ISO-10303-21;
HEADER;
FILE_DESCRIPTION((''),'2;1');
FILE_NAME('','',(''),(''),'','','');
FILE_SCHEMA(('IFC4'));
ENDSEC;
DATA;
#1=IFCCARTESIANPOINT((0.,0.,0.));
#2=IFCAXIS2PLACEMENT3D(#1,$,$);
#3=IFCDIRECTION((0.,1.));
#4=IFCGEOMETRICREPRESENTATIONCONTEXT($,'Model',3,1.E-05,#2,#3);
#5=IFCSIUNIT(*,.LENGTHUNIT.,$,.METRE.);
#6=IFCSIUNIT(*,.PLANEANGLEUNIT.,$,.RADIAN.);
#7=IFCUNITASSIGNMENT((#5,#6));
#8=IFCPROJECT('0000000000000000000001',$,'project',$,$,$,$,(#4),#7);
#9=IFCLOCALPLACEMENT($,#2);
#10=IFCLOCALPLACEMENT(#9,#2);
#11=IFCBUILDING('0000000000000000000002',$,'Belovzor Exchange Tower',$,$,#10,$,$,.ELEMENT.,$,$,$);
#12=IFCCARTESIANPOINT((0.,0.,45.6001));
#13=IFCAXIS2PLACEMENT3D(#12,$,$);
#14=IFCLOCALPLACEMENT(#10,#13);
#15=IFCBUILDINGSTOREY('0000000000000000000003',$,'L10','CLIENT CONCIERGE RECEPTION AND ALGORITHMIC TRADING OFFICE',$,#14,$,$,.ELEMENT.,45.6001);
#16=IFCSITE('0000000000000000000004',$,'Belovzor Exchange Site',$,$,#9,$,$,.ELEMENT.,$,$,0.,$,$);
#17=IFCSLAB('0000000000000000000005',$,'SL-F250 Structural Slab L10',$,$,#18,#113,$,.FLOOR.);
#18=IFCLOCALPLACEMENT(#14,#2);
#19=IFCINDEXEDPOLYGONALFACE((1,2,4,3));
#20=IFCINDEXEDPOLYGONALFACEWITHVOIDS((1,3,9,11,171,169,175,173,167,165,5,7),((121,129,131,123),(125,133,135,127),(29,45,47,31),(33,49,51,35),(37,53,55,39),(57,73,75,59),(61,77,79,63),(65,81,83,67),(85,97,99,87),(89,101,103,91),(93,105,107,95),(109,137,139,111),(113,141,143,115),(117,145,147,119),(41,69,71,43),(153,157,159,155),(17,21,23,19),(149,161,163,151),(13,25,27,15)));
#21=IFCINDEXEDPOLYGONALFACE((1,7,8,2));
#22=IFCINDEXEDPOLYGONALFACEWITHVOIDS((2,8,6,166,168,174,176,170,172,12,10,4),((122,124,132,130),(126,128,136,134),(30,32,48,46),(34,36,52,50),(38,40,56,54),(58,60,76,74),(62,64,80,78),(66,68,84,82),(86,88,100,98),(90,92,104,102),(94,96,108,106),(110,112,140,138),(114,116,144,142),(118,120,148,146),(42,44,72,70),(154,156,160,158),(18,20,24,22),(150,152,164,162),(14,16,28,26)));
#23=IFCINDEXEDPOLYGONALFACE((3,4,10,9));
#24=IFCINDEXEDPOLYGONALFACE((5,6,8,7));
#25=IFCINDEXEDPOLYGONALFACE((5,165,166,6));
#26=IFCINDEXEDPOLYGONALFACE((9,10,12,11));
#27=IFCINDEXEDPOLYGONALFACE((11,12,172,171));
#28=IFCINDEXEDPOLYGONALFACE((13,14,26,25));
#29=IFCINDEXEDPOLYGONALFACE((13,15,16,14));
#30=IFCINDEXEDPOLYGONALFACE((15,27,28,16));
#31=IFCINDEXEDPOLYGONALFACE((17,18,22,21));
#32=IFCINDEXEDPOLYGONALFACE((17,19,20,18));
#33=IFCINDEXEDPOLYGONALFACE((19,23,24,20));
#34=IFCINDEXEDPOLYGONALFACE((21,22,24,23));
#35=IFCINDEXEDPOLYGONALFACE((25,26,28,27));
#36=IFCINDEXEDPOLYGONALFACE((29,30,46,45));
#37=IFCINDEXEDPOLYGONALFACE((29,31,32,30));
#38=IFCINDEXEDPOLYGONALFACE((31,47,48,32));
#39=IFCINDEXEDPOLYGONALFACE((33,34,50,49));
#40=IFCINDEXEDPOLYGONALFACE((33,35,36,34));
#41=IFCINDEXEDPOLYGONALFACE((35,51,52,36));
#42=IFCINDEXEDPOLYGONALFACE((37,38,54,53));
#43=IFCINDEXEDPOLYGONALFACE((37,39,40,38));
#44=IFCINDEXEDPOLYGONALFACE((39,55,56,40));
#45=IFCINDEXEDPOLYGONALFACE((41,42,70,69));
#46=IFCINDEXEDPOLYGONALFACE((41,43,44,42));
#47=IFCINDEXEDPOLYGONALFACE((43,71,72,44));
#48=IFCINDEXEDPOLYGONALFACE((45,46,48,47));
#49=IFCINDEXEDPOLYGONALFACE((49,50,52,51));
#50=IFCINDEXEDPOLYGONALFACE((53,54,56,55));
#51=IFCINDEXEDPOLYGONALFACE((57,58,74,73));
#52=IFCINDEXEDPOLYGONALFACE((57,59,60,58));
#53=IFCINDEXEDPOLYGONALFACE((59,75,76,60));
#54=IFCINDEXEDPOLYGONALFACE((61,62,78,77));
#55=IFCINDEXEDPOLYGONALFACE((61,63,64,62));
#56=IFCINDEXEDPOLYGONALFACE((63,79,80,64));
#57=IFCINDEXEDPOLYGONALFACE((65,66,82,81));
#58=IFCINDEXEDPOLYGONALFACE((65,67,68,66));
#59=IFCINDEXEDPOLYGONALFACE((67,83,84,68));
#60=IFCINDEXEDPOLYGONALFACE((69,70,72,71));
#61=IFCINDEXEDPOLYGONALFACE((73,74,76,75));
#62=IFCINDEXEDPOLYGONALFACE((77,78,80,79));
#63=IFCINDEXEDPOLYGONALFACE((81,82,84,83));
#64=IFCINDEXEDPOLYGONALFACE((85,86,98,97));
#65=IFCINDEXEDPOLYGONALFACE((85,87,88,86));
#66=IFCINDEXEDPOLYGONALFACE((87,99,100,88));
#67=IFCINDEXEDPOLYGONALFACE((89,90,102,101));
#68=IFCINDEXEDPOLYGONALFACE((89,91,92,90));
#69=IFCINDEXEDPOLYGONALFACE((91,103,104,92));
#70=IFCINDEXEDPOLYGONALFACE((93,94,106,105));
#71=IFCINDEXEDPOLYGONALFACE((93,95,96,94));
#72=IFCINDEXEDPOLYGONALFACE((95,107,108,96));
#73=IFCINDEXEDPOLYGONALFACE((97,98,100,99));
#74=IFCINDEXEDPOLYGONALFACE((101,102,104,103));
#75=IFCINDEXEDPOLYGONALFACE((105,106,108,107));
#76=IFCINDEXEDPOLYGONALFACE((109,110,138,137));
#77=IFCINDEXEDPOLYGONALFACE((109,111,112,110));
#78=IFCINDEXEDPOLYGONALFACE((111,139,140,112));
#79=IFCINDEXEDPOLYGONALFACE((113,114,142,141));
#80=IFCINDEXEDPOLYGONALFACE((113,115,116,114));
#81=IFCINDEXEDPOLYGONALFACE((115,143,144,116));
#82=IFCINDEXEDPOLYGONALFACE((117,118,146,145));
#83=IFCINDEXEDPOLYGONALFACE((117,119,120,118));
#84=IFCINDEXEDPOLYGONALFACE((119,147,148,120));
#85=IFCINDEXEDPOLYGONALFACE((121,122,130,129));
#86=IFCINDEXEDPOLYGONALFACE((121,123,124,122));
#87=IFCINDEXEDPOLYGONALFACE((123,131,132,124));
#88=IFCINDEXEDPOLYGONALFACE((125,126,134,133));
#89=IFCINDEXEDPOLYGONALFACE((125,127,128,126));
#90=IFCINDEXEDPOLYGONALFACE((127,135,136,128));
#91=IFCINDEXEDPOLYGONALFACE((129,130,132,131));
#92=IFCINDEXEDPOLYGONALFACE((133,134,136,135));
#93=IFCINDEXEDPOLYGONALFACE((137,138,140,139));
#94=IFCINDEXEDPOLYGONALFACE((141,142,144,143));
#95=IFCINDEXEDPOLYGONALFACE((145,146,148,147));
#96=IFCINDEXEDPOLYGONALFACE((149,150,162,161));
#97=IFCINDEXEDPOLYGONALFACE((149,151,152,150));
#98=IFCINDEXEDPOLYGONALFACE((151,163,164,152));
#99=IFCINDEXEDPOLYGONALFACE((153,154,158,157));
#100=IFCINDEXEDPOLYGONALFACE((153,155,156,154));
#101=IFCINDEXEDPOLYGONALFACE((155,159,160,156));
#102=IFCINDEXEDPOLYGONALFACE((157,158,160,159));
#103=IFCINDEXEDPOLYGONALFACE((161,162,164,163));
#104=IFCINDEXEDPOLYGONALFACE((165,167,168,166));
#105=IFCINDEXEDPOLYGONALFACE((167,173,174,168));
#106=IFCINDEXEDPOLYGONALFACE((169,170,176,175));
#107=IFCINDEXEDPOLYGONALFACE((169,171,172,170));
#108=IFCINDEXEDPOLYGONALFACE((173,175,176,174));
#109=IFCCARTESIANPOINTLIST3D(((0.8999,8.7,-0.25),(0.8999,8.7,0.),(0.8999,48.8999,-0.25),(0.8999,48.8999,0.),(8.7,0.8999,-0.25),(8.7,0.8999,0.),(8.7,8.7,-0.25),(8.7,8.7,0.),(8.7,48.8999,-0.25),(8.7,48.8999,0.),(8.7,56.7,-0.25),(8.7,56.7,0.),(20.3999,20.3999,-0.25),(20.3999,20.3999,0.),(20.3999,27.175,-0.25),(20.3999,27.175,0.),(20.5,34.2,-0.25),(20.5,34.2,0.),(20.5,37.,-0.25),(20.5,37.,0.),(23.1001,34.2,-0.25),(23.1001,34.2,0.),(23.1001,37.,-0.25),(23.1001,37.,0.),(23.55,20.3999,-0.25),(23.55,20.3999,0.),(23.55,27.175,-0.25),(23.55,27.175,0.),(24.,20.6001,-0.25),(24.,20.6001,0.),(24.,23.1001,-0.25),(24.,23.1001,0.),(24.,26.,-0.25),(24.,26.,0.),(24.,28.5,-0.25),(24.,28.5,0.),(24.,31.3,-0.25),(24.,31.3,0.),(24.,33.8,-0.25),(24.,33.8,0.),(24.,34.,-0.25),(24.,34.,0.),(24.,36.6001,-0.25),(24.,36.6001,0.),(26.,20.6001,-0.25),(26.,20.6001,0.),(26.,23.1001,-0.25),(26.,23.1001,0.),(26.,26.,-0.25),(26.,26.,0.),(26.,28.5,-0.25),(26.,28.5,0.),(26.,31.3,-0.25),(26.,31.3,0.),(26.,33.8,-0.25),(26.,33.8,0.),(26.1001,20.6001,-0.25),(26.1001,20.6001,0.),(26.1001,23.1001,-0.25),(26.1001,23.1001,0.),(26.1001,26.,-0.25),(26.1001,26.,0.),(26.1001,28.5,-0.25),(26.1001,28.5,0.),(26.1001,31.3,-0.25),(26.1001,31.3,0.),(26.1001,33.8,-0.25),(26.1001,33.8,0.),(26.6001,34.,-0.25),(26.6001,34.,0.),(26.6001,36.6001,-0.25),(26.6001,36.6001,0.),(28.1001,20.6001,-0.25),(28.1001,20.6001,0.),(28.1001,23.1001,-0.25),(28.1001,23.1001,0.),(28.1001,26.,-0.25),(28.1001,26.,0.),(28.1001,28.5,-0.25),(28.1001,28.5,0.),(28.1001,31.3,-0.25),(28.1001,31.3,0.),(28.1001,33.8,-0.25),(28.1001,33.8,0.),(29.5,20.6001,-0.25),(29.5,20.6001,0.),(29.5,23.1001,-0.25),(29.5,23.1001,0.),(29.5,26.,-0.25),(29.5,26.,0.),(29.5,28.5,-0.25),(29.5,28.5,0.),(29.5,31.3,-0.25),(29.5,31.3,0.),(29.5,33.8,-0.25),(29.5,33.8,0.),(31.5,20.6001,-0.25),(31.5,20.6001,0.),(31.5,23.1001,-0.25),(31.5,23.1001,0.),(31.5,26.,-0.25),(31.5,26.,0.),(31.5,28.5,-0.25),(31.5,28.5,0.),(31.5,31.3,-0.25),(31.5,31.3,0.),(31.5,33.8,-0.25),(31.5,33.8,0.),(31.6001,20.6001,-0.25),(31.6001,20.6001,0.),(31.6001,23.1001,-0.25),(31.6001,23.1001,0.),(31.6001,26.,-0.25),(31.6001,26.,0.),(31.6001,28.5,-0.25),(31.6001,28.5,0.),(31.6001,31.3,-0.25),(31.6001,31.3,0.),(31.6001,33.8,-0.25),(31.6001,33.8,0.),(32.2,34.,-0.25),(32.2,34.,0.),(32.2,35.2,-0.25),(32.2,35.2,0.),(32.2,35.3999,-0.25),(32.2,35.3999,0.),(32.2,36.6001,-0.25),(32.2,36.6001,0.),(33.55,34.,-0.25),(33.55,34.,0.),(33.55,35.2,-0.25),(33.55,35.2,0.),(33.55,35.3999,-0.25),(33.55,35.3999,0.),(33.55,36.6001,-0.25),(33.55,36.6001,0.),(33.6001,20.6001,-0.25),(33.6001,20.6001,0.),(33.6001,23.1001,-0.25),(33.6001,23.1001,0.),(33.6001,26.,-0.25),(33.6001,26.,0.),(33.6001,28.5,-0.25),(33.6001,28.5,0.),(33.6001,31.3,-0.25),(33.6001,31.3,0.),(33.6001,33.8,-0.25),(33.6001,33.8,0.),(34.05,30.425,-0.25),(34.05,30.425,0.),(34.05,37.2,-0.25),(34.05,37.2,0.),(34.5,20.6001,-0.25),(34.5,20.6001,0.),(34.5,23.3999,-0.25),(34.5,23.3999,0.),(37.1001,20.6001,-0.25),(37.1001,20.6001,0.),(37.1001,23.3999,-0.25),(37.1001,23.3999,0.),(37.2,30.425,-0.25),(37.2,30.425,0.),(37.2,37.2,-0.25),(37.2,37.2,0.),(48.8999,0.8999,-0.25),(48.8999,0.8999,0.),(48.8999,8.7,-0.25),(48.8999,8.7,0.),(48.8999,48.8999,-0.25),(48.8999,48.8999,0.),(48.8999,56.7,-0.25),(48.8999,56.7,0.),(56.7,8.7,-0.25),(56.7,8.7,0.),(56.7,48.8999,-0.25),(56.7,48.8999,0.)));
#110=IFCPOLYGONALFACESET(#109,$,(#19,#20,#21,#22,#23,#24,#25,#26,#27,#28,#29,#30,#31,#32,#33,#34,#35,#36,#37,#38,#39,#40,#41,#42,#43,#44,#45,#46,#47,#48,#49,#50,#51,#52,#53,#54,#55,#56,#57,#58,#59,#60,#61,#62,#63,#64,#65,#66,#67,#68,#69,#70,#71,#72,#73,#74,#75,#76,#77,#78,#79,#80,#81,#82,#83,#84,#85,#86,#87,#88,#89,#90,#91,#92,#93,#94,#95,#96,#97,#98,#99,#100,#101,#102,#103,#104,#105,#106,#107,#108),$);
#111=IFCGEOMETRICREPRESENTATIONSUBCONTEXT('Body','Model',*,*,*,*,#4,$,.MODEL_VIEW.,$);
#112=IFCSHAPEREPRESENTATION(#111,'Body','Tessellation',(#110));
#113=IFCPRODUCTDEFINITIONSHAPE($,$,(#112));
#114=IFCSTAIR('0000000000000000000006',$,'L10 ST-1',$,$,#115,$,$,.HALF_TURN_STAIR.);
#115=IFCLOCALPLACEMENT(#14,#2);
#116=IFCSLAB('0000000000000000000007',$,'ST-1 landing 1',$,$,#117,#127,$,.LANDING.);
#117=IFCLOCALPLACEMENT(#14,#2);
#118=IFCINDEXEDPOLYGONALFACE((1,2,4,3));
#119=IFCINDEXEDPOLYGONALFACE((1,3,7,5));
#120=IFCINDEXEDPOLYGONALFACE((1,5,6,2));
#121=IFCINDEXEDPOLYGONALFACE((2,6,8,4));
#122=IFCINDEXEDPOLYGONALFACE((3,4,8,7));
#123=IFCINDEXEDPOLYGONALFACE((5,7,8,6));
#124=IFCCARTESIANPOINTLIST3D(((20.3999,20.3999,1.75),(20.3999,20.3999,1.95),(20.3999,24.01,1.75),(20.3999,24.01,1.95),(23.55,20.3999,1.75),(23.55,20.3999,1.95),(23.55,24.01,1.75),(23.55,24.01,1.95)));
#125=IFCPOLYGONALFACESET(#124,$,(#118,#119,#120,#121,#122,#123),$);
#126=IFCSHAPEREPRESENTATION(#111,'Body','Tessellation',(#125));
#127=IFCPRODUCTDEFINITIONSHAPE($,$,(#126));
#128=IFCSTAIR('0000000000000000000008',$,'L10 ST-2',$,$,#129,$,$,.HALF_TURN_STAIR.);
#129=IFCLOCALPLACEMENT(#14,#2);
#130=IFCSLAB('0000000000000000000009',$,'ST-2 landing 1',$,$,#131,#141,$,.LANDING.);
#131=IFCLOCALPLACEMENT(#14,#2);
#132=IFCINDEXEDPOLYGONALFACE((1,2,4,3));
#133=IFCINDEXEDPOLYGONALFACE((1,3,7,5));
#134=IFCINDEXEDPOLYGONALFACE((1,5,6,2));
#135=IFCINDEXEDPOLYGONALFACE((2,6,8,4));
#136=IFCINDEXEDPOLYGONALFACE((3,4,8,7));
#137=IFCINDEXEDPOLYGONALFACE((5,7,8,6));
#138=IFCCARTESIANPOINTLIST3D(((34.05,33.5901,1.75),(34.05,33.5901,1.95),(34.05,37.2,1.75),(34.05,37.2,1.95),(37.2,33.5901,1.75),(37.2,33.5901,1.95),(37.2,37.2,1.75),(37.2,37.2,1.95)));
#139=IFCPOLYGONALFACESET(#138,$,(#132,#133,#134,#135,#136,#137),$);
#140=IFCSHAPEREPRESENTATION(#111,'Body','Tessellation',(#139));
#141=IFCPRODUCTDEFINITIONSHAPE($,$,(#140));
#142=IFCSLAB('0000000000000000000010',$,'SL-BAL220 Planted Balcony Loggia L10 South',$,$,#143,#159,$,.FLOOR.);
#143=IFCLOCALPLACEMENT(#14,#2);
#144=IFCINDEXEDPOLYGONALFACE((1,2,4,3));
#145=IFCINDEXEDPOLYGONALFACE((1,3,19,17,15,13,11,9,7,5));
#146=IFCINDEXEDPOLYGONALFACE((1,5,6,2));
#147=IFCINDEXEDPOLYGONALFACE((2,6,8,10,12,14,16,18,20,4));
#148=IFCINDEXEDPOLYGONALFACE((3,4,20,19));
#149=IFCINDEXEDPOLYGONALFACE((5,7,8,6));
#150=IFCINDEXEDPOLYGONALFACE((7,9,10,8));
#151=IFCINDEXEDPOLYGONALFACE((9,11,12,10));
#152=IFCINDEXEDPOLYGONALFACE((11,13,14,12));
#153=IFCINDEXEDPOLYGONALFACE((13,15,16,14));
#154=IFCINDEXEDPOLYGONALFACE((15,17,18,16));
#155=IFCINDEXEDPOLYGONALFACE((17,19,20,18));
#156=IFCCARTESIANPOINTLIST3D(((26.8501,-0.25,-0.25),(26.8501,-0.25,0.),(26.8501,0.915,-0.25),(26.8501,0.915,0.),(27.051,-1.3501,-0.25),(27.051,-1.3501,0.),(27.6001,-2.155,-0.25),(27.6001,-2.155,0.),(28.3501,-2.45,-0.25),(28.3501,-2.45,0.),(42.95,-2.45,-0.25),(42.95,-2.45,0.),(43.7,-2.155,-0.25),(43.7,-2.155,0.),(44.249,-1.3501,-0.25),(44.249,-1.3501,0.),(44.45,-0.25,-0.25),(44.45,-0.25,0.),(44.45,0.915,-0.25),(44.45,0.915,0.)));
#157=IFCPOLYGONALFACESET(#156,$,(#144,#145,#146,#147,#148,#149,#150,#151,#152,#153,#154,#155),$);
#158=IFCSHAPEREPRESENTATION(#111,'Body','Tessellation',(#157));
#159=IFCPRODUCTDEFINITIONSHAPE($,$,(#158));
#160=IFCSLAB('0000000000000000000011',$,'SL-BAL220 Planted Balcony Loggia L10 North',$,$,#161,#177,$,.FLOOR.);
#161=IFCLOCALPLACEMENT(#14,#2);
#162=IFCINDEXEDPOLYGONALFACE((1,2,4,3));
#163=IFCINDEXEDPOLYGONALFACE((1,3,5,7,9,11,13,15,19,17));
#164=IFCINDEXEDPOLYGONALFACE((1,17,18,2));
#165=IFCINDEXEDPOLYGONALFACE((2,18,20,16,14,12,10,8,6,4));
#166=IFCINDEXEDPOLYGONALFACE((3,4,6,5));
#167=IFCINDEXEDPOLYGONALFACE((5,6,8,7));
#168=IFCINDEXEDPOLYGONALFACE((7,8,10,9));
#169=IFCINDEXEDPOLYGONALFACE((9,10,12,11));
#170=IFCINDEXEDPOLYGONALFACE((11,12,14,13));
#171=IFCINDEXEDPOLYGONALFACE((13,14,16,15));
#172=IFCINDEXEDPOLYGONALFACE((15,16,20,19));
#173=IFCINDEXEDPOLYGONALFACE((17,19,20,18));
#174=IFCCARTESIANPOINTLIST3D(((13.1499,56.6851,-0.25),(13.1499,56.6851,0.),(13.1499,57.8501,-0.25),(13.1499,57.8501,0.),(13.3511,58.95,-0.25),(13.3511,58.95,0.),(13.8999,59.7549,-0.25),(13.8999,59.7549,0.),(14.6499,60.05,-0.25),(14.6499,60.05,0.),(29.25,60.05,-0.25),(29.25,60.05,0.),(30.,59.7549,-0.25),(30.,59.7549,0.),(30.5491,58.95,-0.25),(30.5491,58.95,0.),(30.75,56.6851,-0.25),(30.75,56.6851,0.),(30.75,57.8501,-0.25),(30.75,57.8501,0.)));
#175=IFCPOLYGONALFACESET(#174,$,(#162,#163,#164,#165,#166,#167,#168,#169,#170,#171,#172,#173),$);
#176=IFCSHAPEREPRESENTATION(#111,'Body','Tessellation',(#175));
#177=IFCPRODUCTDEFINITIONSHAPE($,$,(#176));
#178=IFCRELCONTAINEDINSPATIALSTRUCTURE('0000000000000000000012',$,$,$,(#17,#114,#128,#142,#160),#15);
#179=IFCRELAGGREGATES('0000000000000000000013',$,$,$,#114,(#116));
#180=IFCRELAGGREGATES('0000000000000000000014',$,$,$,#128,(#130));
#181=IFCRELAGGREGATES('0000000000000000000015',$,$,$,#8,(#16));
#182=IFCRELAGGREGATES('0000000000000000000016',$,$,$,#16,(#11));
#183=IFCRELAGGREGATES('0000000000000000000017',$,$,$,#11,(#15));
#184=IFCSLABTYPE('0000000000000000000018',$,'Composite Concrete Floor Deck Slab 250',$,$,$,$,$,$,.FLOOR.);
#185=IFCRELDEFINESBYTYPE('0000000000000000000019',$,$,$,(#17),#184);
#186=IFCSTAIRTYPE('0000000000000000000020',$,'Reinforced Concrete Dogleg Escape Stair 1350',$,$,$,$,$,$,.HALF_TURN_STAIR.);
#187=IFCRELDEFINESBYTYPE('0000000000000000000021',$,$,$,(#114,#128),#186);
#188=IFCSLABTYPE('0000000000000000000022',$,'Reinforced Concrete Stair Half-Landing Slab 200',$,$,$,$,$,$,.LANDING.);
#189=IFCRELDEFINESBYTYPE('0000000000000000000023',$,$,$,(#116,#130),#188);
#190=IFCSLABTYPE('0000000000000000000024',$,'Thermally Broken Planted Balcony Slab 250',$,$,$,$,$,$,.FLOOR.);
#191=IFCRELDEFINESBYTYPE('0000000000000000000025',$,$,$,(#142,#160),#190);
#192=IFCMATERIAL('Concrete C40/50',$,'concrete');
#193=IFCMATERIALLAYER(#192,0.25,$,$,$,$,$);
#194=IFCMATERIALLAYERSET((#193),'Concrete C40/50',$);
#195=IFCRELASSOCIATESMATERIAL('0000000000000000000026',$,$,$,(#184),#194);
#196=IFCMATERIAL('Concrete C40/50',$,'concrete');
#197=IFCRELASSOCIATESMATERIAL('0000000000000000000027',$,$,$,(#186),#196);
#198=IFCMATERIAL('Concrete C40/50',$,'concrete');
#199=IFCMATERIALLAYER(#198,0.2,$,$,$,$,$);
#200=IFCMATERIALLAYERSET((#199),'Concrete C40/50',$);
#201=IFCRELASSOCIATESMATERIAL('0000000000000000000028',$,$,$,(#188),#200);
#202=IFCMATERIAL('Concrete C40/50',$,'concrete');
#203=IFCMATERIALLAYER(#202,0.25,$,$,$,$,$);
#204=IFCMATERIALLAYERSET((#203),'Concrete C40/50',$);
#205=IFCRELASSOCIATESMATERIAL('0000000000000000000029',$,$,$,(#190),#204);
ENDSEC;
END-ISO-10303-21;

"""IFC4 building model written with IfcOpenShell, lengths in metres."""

from ifc_helpers import new_model, si_unit, direction, frame, origin, place, context, subcontext, project, spatial, polyline, outline, extrude, material, layer, layer_set, type_object, element, aggregate, save


model = new_model("IFC4")

# Units and contexts
model_context = context("Model", 3, precision=1e-05, world=origin(), true_north=direction((0.0, 1.0)))
body_context = subcontext(model_context, "Body", "Model", "MODEL_VIEW")
ifc_project = project(units=[si_unit("LENGTHUNIT", "METRE"), si_unit("PLANEANGLEUNIT", "RADIAN")], contexts=[model_context])

# Site, building, storey
site_placement = place(None, origin())
site = spatial("IfcSite", under=ifc_project, at=site_placement, Name="Belovzor Exchange Site", CompositionType="ELEMENT", RefElevation=0.0)
building_placement = place(site_placement, origin())
building = spatial("IfcBuilding", under=site, at=building_placement, Name="Belovzor Exchange Tower", CompositionType="ELEMENT")
storey_placement = place(building_placement, frame((0.0, 0.0, 45.6001)))
storey = spatial("IfcBuildingStorey", under=building, at=storey_placement, Name="L10", Description="CLIENT CONCIERGE RECEPTION AND ALGORITHMIC TRADING OFFICE", CompositionType="ELEMENT", Elevation=45.6001)

# Slab
ifc_material_1 = material(Name="Concrete C40/50", Category="concrete")
ifc_layer_1 = layer(ifc_material_1, 0.25)
ifc_layer_set_1 = layer_set([ifc_layer_1], Name="Concrete C40/50")
slab_type_1 = type_object("IfcSlabType", Name="Composite Concrete Floor Deck Slab 250", PredefinedType="FLOOR", material=ifc_layer_set_1)
slab_1_placement = place(storey_placement, frame((0.0, 0.0, -0.25)))
element("IfcSlab", 1, at=slab_1_placement, inside=storey, type_object=slab_type_1, Name="SL-F250 Structural Slab L10", PredefinedType="FLOOR", context=body_context, shape_type="SweptSolid", body=[
    extrude(outline(polyline([(8.7, 0.8999), (48.8999, 0.8999), (48.8999, 8.7), (56.7, 8.7), (56.7, 48.8999), (48.8999, 48.8999), (48.8999, 56.7), (8.7, 56.7), (8.7, 48.8999), (0.8999, 48.8999), (0.8999, 8.7), (8.7, 8.7), (8.7, 0.8999)]), holes=[polyline([(20.3999, 27.175), (20.3999, 20.3999), (23.55, 20.3999), (23.55, 27.175), (20.3999, 27.175)]), polyline([(37.2, 30.425), (37.2, 37.2), (34.05, 37.2), (34.05, 30.425), (37.2, 30.425)]), polyline([(20.5, 34.2), (23.1001, 34.2), (23.1001, 37.0), (20.5, 37.0), (20.5, 34.2)]), polyline([(34.5, 20.6001), (37.1001, 20.6001), (37.1001, 23.3999), (34.5, 23.3999), (34.5, 20.6001)]), polyline([(24.0, 34.0), (26.6001, 34.0), (26.6001, 36.6001), (24.0, 36.6001), (24.0, 34.0)]), polyline([(24.0, 20.6001), (26.0, 20.6001), (26.0, 23.1001), (24.0, 23.1001), (24.0, 20.6001)]), polyline([(26.1001, 20.6001), (28.1001, 20.6001), (28.1001, 23.1001), (26.1001, 23.1001), (26.1001, 20.6001)]), polyline([(29.5, 20.6001), (31.5, 20.6001), (31.5, 23.1001), (29.5, 23.1001), (29.5, 20.6001)]), polyline([(31.6001, 20.6001), (33.6001, 20.6001), (33.6001, 23.1001), (31.6001, 23.1001), (31.6001, 20.6001)]), polyline([(24.0, 26.0), (26.0, 26.0), (26.0, 28.5), (24.0, 28.5), (24.0, 26.0)]), polyline([(26.1001, 26.0), (28.1001, 26.0), (28.1001, 28.5), (26.1001, 28.5), (26.1001, 26.0)]), polyline([(29.5, 26.0), (31.5, 26.0), (31.5, 28.5), (29.5, 28.5), (29.5, 26.0)]), polyline([(31.6001, 26.0), (33.6001, 26.0), (33.6001, 28.5), (31.6001, 28.5), (31.6001, 26.0)]), polyline([(24.0, 31.3), (26.0, 31.3), (26.0, 33.8), (24.0, 33.8), (24.0, 31.3)]), polyline([(26.1001, 31.3), (28.1001, 31.3), (28.1001, 33.8), (26.1001, 33.8), (26.1001, 31.3)]), polyline([(29.5, 31.3), (31.5, 31.3), (31.5, 33.8), (29.5, 33.8), (29.5, 31.3)]), polyline([(31.6001, 31.3), (33.6001, 31.3), (33.6001, 33.8), (31.6001, 33.8), (31.6001, 31.3)]), polyline([(32.2, 34.0), (33.55, 34.0), (33.55, 35.2), (32.2, 35.2), (32.2, 34.0)]), polyline([(32.2, 35.3999), (33.55, 35.3999), (33.55, 36.6001), (32.2, 36.6001), (32.2, 35.3999)])]), origin(), (0.0, 0.0, 1.0), 0.25),
])

# Stairs, slabs
ifc_material_2 = material(Name="Concrete C40/50", Category="concrete")
stair_type = type_object("IfcStairType", Name="Reinforced Concrete Dogleg Escape Stair 1350", PredefinedType="HALF_TURN_STAIR", material=ifc_material_2)
stair_1_placement = place(storey_placement, origin())
stair_1 = element("IfcStair", 2, at=stair_1_placement, inside=storey, type_object=stair_type, Name="L10 ST-1", PredefinedType="HALF_TURN_STAIR")
ifc_material_3 = material(Name="Concrete C40/50", Category="concrete")
ifc_layer_2 = layer(ifc_material_3, 0.2)
ifc_layer_set_2 = layer_set([ifc_layer_2], Name="Concrete C40/50")
slab_type_2 = type_object("IfcSlabType", Name="Reinforced Concrete Stair Half-Landing Slab 200", PredefinedType="LANDING", material=ifc_layer_set_2)
slab_2_placement = place(storey_placement, frame((0.0, 0.0, 1.75)))
slab_2 = element("IfcSlab", 3, at=slab_2_placement, type_object=slab_type_2, Name="ST-1 landing 1", PredefinedType="LANDING", context=body_context, shape_type="SweptSolid", body=[
    extrude(outline(polyline([(20.3999, 24.01), (20.3999, 20.3999), (23.55, 20.3999), (23.55, 24.01), (20.3999, 24.01)])), origin(), (0.0, 0.0, 1.0), 0.2),
])
aggregate(stair_1, [slab_2])
stair_2_placement = place(storey_placement, origin())
stair_2 = element("IfcStair", 4, at=stair_2_placement, inside=storey, type_object=stair_type, Name="L10 ST-2", PredefinedType="HALF_TURN_STAIR")
slab_3_placement = place(storey_placement, frame((0.0, 0.0, 1.75)))
slab_3 = element("IfcSlab", 5, at=slab_3_placement, type_object=slab_type_2, Name="ST-2 landing 1", PredefinedType="LANDING", context=body_context, shape_type="SweptSolid", body=[
    extrude(outline(polyline([(37.2, 33.5901), (37.2, 37.2), (34.05, 37.2), (34.05, 33.5901), (37.2, 33.5901)])), origin(), (0.0, 0.0, 1.0), 0.2),
])
aggregate(stair_2, [slab_3])

# Slabs
ifc_material_4 = material(Name="Concrete C40/50", Category="concrete")
ifc_layer_3 = layer(ifc_material_4, 0.25)
ifc_layer_set_3 = layer_set([ifc_layer_3], Name="Concrete C40/50")
slab_type_3 = type_object("IfcSlabType", Name="Thermally Broken Planted Balcony Slab 250", PredefinedType="FLOOR", material=ifc_layer_set_3)
slab_4_placement = place(storey_placement, frame((0.0, 0.0, -0.25)))
element("IfcSlab", 6, at=slab_4_placement, inside=storey, type_object=slab_type_3, Name="SL-BAL220 Planted Balcony Loggia L10 South", PredefinedType="FLOOR", context=body_context, shape_type="SweptSolid", body=[
    extrude(outline(polyline([(26.8501, 0.915), (26.8501, -0.25), (27.051, -1.3501), (27.6001, -2.155), (28.3501, -2.45), (42.95, -2.45), (43.7, -2.155), (44.249, -1.3501), (44.45, -0.25), (44.45, 0.915), (26.8501, 0.915)])), origin(), (0.0, 0.0, 1.0), 0.25),
])
slab_5_placement = place(storey_placement, frame((0.0, 0.0, -0.25)))
element("IfcSlab", 7, at=slab_5_placement, inside=storey, type_object=slab_type_3, Name="SL-BAL220 Planted Balcony Loggia L10 North", PredefinedType="FLOOR", context=body_context, shape_type="SweptSolid", body=[
    extrude(outline(polyline([(30.75, 56.6851), (30.75, 57.8501), (30.5491, 58.95), (30.0, 59.7549), (29.25, 60.05), (14.6499, 60.05), (13.8999, 59.7549), (13.3511, 58.95), (13.1499, 57.8501), (13.1499, 56.6851), (30.75, 56.6851)])), origin(), (0.0, 0.0, 1.0), 0.25),
])

save(model, "model.ifc")
